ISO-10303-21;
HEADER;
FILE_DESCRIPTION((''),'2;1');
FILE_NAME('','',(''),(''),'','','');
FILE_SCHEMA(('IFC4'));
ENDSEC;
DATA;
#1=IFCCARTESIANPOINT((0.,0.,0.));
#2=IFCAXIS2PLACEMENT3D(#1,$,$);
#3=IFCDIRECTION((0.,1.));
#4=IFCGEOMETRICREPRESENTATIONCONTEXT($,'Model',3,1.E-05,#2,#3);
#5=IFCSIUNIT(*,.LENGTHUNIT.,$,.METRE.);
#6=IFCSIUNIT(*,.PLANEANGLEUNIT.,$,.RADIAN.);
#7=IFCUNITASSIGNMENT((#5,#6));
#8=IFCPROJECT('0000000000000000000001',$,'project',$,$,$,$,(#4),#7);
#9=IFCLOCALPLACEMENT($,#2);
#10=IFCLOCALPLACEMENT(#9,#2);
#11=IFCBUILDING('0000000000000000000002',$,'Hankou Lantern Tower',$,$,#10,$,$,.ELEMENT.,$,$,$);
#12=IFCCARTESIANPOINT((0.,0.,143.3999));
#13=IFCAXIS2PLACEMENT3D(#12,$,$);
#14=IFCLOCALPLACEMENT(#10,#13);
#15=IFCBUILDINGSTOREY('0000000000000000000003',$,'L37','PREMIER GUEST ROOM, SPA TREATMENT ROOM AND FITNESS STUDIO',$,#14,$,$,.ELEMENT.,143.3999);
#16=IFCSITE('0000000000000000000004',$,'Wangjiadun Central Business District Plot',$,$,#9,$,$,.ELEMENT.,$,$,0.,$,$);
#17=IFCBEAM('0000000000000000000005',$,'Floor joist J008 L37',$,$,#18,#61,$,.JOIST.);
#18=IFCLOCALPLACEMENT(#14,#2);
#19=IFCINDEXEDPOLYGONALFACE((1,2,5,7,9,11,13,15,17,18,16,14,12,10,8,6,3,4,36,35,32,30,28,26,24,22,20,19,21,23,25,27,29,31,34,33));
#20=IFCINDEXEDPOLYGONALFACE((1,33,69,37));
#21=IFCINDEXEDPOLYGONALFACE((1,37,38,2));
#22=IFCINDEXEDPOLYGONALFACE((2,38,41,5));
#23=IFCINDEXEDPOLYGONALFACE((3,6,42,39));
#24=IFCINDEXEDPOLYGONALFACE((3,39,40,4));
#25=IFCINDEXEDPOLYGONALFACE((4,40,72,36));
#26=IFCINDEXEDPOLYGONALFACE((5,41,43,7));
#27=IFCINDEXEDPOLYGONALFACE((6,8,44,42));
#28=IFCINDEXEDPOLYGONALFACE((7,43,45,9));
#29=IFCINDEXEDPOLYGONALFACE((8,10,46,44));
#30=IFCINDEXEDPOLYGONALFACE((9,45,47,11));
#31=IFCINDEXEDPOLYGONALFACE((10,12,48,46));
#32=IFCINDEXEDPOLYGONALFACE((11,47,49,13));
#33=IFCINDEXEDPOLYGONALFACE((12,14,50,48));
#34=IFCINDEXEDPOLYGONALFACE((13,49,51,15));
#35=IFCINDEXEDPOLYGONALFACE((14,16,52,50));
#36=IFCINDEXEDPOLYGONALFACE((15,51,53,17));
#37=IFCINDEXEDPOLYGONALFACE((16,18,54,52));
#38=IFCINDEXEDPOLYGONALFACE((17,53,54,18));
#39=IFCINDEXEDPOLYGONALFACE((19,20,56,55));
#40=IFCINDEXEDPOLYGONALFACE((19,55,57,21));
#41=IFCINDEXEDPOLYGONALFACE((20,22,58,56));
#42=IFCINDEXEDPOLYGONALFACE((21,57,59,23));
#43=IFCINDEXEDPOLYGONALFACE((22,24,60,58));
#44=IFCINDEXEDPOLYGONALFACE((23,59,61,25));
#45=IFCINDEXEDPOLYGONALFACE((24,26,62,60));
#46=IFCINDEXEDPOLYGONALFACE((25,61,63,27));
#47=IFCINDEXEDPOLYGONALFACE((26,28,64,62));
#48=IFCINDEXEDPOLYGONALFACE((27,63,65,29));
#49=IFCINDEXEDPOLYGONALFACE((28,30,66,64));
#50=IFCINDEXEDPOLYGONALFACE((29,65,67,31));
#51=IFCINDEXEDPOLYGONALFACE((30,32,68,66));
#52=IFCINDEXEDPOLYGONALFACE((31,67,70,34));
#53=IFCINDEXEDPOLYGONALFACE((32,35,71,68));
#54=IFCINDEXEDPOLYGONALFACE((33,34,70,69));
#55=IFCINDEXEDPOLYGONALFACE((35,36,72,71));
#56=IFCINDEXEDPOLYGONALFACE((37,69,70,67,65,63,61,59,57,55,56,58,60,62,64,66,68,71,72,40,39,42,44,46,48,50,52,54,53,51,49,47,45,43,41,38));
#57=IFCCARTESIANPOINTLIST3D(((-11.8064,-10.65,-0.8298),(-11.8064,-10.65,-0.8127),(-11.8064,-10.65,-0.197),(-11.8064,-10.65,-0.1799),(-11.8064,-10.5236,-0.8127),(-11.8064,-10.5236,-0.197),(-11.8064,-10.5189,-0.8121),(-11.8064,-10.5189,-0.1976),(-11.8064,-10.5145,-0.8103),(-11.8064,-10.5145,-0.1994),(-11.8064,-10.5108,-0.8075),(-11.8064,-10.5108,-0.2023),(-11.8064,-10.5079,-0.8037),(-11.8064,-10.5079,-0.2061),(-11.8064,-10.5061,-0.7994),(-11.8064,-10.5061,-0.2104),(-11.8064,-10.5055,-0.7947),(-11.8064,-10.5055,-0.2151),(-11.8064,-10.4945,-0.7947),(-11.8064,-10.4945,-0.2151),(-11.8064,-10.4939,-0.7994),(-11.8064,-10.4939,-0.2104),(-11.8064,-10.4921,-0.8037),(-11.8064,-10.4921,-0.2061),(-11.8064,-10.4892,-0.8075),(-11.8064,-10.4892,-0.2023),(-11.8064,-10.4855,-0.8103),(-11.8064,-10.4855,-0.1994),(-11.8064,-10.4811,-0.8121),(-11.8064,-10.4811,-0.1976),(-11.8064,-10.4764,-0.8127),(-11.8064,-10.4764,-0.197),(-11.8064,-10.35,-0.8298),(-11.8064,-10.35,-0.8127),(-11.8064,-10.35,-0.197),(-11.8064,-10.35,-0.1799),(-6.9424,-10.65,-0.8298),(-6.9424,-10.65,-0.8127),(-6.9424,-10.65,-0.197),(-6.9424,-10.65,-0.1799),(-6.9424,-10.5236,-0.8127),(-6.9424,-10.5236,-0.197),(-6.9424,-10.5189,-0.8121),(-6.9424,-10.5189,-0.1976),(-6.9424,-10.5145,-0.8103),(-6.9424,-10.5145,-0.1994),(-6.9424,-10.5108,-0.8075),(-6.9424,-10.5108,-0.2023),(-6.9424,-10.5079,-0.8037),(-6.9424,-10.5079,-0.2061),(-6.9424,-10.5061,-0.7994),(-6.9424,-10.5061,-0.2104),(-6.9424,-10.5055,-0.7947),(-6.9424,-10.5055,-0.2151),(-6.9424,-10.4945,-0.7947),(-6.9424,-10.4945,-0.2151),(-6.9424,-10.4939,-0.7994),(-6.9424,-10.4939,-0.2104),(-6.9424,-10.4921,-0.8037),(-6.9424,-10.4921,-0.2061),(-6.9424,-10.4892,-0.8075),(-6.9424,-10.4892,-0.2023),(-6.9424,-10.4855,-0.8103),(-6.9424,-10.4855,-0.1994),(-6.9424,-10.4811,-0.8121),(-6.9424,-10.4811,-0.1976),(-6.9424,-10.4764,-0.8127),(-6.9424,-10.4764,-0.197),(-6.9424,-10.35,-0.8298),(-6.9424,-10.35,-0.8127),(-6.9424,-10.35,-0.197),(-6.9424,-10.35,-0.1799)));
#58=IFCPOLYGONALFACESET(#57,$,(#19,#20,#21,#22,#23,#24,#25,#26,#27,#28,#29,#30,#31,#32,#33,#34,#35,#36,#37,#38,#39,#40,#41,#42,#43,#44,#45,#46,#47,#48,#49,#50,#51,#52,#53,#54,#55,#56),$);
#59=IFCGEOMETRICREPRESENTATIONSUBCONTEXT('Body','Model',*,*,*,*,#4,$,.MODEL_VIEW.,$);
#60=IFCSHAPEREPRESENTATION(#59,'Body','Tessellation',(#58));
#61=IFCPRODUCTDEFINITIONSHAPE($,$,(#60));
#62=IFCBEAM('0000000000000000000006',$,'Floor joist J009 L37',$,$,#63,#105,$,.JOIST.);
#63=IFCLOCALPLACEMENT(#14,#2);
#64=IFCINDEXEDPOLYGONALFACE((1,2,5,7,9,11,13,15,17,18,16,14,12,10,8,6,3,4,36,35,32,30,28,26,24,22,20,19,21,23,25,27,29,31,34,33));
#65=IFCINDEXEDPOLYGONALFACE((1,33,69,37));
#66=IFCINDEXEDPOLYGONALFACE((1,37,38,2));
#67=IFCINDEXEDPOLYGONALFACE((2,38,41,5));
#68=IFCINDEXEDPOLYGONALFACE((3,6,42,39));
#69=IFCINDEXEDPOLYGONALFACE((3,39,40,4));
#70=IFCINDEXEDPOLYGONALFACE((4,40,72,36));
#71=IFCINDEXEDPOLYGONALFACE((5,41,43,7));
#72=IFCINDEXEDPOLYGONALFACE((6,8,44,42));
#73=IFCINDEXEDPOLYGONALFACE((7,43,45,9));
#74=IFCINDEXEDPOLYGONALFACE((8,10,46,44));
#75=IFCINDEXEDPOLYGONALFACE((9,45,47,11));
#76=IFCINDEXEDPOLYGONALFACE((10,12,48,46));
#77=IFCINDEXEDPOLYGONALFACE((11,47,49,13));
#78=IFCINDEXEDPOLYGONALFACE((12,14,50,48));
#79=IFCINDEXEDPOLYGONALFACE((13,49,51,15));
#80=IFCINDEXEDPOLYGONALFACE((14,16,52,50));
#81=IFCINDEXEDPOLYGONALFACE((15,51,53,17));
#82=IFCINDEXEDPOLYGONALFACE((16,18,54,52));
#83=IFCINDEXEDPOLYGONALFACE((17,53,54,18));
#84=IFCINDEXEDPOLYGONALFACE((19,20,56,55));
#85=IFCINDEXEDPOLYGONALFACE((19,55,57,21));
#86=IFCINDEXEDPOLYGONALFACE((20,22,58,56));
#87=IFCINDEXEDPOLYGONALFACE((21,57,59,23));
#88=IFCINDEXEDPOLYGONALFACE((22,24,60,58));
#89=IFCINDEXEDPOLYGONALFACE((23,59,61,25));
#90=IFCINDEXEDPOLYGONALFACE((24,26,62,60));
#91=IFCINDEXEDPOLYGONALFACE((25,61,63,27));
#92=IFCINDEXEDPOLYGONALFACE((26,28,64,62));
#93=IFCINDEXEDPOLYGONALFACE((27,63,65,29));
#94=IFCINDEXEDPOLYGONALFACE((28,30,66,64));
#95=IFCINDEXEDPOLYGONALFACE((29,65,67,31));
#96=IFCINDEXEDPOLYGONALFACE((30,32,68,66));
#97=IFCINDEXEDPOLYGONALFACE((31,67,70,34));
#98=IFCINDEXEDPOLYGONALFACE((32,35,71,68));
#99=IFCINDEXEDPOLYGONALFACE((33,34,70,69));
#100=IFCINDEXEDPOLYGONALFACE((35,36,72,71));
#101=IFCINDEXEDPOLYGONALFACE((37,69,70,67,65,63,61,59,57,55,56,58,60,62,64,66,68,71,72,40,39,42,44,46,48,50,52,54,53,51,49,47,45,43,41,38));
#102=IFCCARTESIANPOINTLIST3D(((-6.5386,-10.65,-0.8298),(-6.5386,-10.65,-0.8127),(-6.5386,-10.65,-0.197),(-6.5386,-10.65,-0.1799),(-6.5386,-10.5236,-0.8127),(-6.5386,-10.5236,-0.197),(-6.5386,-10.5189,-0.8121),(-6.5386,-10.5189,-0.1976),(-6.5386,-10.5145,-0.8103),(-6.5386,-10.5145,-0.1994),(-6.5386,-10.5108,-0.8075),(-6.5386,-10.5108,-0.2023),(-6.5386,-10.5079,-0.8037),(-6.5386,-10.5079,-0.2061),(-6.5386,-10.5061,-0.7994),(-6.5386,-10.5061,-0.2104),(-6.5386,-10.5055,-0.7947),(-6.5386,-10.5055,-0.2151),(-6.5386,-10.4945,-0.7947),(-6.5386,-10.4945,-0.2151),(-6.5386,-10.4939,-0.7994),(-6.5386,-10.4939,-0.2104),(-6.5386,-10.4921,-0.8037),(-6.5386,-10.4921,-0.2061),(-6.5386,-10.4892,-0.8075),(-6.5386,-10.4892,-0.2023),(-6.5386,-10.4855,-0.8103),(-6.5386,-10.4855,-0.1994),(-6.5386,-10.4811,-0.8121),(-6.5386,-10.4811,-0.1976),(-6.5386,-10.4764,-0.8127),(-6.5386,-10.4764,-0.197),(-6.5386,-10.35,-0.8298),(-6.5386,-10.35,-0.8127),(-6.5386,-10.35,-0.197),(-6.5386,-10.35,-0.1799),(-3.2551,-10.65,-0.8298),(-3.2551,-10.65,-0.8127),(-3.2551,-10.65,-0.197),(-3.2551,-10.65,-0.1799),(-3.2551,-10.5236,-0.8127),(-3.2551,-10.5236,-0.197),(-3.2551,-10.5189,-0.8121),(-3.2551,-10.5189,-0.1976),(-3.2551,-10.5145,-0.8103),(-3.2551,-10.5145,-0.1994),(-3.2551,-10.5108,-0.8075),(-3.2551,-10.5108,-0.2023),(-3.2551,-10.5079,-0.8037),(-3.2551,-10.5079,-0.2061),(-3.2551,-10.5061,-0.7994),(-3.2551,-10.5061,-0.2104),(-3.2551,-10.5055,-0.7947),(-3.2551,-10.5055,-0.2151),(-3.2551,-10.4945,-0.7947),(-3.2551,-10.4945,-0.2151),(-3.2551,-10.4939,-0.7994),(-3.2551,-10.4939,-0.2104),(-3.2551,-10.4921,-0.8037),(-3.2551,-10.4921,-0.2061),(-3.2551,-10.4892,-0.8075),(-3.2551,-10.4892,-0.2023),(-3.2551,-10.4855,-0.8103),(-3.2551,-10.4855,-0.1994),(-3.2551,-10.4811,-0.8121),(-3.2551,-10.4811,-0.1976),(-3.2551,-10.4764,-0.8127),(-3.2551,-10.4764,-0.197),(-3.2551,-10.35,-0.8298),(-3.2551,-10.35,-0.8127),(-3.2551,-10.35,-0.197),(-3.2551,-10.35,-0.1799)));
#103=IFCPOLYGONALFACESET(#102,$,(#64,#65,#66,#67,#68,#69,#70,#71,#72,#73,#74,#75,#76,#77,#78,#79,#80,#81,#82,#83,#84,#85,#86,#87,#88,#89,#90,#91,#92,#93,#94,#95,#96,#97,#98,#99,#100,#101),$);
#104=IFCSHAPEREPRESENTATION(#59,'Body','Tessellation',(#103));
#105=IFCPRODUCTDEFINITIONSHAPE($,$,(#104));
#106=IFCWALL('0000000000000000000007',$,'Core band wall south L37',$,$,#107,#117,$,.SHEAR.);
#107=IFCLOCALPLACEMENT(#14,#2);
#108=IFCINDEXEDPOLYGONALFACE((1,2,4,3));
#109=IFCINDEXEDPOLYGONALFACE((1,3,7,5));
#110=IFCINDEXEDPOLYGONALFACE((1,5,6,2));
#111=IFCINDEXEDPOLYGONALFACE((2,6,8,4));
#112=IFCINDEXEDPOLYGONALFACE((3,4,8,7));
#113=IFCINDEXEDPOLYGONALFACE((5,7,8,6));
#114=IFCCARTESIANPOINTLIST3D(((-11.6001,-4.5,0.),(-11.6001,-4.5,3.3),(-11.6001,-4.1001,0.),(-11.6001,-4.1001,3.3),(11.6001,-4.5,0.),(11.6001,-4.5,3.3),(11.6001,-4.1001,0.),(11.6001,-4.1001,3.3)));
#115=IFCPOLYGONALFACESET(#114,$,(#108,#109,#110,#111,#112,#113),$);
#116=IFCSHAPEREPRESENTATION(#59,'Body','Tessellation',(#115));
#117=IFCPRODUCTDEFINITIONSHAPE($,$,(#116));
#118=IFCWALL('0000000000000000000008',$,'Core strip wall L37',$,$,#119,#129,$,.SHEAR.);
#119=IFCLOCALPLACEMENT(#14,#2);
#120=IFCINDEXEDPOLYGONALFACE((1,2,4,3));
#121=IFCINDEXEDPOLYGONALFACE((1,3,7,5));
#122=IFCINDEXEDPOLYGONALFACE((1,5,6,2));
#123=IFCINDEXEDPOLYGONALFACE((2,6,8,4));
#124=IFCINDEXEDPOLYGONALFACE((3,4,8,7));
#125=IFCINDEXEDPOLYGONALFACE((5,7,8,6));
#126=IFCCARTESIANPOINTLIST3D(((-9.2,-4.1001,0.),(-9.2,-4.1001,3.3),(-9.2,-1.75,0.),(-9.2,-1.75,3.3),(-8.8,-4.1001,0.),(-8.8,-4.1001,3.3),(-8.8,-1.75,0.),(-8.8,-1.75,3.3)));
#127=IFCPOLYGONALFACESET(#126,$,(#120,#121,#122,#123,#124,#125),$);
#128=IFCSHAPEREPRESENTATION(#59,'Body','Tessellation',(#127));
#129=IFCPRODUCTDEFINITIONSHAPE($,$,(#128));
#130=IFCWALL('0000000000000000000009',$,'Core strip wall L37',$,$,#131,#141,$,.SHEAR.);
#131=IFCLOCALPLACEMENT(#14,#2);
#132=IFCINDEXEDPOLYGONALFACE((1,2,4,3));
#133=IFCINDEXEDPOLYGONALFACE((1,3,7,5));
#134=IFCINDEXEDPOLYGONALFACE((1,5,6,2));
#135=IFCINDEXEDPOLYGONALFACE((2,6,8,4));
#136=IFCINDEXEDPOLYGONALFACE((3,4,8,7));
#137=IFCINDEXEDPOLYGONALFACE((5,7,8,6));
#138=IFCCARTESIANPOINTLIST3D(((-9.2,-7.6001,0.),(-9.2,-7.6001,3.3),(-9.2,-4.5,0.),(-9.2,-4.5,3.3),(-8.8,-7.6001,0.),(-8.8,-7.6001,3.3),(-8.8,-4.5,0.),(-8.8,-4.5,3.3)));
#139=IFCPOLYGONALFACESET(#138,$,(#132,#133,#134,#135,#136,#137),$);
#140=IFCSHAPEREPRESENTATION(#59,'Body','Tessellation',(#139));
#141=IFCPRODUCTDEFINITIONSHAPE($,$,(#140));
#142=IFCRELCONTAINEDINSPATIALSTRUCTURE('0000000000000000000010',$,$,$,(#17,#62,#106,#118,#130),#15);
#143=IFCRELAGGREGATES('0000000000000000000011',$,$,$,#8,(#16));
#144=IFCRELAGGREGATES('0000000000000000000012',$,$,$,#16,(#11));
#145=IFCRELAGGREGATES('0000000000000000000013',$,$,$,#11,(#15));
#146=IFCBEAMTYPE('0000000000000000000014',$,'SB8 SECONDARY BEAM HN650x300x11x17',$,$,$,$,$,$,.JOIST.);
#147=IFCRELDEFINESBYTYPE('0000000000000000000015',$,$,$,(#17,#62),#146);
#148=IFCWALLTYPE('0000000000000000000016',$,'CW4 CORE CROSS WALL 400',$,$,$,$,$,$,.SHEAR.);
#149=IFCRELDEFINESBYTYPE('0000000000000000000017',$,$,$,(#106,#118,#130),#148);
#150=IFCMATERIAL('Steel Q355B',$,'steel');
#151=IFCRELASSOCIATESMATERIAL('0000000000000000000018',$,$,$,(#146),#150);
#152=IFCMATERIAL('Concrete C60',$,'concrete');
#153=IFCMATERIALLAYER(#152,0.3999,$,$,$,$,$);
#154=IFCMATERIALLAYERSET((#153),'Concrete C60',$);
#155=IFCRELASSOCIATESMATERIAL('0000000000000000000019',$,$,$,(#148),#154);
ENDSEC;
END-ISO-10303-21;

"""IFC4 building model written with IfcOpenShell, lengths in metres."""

from ifc_helpers import new_model, si_unit, direction, frame, frame_2d, origin, origin_2d, place, context, subcontext, project, spatial, rectangle, i_section, extrude, material, layer, layer_set, material_profile, profile_set, type_object, element, save


model = new_model("IFC4")

# Units and contexts
model_context = context("Model", 3, precision=1e-05, world=origin(), true_north=direction((0.0, 1.0)))
body_context = subcontext(model_context, "Body", "Model", "MODEL_VIEW")
ifc_project = project(units=[si_unit("LENGTHUNIT", "METRE"), si_unit("PLANEANGLEUNIT", "RADIAN")], contexts=[model_context])

# Site, building, storey
site_placement = place(None, origin())
site = spatial("IfcSite", under=ifc_project, at=site_placement, Name="Wangjiadun Central Business District Plot", CompositionType="ELEMENT", RefElevation=0.0)
building_placement = place(site_placement, origin())
building = spatial("IfcBuilding", under=site, at=building_placement, Name="Hankou Lantern Tower", CompositionType="ELEMENT")
storey_placement = place(building_placement, frame((0.0, 0.0, 143.3999)))
storey = spatial("IfcBuildingStorey", under=building, at=storey_placement, Name="L37", Description="PREMIER GUEST ROOM, SPA TREATMENT ROOM AND FITNESS STUDIO", CompositionType="ELEMENT", Elevation=143.3999)

# Beams
ifc_material_1 = material(Name="Steel Q355B", Category="steel")
ifc_material_profile_1 = material_profile(ifc_material_1, i_section(OverallWidth=0.3, OverallDepth=0.6499, WebThickness=0.011, FlangeThickness=0.0171, FilletRadius=0.0181, at=origin_2d()), Name="HN650x300x11x17")
ifc_profile_set_1 = profile_set([ifc_material_profile_1], Name="Steel Q355B")
beam_type_1 = type_object("IfcBeamType", Name="SB8 SECONDARY BEAM HN650x300x11x17", PredefinedType="JOIST", material=ifc_profile_set_1)
beam_1_placement = place(storey_placement, frame((-11.8064, -10.5, -0.5049), z_axis=(1.0, 0.0, 0.0), x_axis=(0.0, 1.0, 0.0)))
element("IfcBeam", 1, at=beam_1_placement, inside=storey, type_object=beam_type_1, Name="Floor joist J008 L37", PredefinedType="JOIST", context=body_context, shape_type="SweptSolid", body=[
    extrude(i_section(OverallWidth=0.3, OverallDepth=0.6499, WebThickness=0.011, FlangeThickness=0.0171, FilletRadius=0.0181, at=origin_2d()), origin(), (0.0, 0.0, 1.0), 4.864),
])
beam_2_placement = place(storey_placement, frame((-6.5386, -10.5, -0.5049), z_axis=(1.0, 0.0, 0.0), x_axis=(0.0, 1.0, 0.0)))
element("IfcBeam", 2, at=beam_2_placement, inside=storey, type_object=beam_type_1, Name="Floor joist J009 L37", PredefinedType="JOIST", context=body_context, shape_type="SweptSolid", body=[
    extrude(i_section(OverallWidth=0.3, OverallDepth=0.6499, WebThickness=0.011, FlangeThickness=0.0171, FilletRadius=0.0181, at=origin_2d()), origin(), (0.0, 0.0, 1.0), 3.2834),
])

# Walls
ifc_material_2 = material(Name="Concrete C60", Category="concrete")
ifc_layer_1 = layer(ifc_material_2, 0.3999)
ifc_layer_set_1 = layer_set([ifc_layer_1], Name="Concrete C60")
wall_type_1 = type_object("IfcWallType", Name="CW4 CORE CROSS WALL 400", PredefinedType="SHEAR", material=ifc_layer_set_1)
wall_1_placement = place(storey_placement, frame((-11.6001, -4.3, 0.0), z_axis=(0.0, 0.0, 1.0), x_axis=(1.0, 0.0, 0.0)))
element("IfcWall", 3, at=wall_1_placement, inside=storey, type_object=wall_type_1, Name="Core band wall south L37", PredefinedType="SHEAR", context=body_context, shape_type="SweptSolid", body=[
    extrude(rectangle(XDim=23.2002, YDim=0.3999, at=frame_2d((11.6001, 0.0))), origin(), (0.0, 0.0, 1.0), 3.3),
])
wall_2_placement = place(storey_placement, frame((-9.0, -4.1001, 0.0), z_axis=(0.0, 0.0, 1.0), x_axis=(0.0, 1.0, 0.0)))
element("IfcWall", 4, at=wall_2_placement, inside=storey, type_object=wall_type_1, Name="Core strip wall L37", PredefinedType="SHEAR", context=body_context, shape_type="SweptSolid", body=[
    extrude(rectangle(XDim=2.3501, YDim=0.3999, at=frame_2d((1.175, 0.0))), origin(), (0.0, 0.0, 1.0), 3.3),
])
wall_3_placement = place(storey_placement, frame((-9.0, -7.6001, 0.0), z_axis=(0.0, 0.0, 1.0), x_axis=(0.0, 1.0, 0.0)))
element("IfcWall", 5, at=wall_3_placement, inside=storey, type_object=wall_type_1, Name="Core strip wall L37", PredefinedType="SHEAR", context=body_context, shape_type="SweptSolid", body=[
    extrude(rectangle(XDim=3.1001, YDim=0.3999, at=frame_2d((1.55, 0.0))), origin(), (0.0, 0.0, 1.0), 3.3),
])

save(model, "model.ifc")
